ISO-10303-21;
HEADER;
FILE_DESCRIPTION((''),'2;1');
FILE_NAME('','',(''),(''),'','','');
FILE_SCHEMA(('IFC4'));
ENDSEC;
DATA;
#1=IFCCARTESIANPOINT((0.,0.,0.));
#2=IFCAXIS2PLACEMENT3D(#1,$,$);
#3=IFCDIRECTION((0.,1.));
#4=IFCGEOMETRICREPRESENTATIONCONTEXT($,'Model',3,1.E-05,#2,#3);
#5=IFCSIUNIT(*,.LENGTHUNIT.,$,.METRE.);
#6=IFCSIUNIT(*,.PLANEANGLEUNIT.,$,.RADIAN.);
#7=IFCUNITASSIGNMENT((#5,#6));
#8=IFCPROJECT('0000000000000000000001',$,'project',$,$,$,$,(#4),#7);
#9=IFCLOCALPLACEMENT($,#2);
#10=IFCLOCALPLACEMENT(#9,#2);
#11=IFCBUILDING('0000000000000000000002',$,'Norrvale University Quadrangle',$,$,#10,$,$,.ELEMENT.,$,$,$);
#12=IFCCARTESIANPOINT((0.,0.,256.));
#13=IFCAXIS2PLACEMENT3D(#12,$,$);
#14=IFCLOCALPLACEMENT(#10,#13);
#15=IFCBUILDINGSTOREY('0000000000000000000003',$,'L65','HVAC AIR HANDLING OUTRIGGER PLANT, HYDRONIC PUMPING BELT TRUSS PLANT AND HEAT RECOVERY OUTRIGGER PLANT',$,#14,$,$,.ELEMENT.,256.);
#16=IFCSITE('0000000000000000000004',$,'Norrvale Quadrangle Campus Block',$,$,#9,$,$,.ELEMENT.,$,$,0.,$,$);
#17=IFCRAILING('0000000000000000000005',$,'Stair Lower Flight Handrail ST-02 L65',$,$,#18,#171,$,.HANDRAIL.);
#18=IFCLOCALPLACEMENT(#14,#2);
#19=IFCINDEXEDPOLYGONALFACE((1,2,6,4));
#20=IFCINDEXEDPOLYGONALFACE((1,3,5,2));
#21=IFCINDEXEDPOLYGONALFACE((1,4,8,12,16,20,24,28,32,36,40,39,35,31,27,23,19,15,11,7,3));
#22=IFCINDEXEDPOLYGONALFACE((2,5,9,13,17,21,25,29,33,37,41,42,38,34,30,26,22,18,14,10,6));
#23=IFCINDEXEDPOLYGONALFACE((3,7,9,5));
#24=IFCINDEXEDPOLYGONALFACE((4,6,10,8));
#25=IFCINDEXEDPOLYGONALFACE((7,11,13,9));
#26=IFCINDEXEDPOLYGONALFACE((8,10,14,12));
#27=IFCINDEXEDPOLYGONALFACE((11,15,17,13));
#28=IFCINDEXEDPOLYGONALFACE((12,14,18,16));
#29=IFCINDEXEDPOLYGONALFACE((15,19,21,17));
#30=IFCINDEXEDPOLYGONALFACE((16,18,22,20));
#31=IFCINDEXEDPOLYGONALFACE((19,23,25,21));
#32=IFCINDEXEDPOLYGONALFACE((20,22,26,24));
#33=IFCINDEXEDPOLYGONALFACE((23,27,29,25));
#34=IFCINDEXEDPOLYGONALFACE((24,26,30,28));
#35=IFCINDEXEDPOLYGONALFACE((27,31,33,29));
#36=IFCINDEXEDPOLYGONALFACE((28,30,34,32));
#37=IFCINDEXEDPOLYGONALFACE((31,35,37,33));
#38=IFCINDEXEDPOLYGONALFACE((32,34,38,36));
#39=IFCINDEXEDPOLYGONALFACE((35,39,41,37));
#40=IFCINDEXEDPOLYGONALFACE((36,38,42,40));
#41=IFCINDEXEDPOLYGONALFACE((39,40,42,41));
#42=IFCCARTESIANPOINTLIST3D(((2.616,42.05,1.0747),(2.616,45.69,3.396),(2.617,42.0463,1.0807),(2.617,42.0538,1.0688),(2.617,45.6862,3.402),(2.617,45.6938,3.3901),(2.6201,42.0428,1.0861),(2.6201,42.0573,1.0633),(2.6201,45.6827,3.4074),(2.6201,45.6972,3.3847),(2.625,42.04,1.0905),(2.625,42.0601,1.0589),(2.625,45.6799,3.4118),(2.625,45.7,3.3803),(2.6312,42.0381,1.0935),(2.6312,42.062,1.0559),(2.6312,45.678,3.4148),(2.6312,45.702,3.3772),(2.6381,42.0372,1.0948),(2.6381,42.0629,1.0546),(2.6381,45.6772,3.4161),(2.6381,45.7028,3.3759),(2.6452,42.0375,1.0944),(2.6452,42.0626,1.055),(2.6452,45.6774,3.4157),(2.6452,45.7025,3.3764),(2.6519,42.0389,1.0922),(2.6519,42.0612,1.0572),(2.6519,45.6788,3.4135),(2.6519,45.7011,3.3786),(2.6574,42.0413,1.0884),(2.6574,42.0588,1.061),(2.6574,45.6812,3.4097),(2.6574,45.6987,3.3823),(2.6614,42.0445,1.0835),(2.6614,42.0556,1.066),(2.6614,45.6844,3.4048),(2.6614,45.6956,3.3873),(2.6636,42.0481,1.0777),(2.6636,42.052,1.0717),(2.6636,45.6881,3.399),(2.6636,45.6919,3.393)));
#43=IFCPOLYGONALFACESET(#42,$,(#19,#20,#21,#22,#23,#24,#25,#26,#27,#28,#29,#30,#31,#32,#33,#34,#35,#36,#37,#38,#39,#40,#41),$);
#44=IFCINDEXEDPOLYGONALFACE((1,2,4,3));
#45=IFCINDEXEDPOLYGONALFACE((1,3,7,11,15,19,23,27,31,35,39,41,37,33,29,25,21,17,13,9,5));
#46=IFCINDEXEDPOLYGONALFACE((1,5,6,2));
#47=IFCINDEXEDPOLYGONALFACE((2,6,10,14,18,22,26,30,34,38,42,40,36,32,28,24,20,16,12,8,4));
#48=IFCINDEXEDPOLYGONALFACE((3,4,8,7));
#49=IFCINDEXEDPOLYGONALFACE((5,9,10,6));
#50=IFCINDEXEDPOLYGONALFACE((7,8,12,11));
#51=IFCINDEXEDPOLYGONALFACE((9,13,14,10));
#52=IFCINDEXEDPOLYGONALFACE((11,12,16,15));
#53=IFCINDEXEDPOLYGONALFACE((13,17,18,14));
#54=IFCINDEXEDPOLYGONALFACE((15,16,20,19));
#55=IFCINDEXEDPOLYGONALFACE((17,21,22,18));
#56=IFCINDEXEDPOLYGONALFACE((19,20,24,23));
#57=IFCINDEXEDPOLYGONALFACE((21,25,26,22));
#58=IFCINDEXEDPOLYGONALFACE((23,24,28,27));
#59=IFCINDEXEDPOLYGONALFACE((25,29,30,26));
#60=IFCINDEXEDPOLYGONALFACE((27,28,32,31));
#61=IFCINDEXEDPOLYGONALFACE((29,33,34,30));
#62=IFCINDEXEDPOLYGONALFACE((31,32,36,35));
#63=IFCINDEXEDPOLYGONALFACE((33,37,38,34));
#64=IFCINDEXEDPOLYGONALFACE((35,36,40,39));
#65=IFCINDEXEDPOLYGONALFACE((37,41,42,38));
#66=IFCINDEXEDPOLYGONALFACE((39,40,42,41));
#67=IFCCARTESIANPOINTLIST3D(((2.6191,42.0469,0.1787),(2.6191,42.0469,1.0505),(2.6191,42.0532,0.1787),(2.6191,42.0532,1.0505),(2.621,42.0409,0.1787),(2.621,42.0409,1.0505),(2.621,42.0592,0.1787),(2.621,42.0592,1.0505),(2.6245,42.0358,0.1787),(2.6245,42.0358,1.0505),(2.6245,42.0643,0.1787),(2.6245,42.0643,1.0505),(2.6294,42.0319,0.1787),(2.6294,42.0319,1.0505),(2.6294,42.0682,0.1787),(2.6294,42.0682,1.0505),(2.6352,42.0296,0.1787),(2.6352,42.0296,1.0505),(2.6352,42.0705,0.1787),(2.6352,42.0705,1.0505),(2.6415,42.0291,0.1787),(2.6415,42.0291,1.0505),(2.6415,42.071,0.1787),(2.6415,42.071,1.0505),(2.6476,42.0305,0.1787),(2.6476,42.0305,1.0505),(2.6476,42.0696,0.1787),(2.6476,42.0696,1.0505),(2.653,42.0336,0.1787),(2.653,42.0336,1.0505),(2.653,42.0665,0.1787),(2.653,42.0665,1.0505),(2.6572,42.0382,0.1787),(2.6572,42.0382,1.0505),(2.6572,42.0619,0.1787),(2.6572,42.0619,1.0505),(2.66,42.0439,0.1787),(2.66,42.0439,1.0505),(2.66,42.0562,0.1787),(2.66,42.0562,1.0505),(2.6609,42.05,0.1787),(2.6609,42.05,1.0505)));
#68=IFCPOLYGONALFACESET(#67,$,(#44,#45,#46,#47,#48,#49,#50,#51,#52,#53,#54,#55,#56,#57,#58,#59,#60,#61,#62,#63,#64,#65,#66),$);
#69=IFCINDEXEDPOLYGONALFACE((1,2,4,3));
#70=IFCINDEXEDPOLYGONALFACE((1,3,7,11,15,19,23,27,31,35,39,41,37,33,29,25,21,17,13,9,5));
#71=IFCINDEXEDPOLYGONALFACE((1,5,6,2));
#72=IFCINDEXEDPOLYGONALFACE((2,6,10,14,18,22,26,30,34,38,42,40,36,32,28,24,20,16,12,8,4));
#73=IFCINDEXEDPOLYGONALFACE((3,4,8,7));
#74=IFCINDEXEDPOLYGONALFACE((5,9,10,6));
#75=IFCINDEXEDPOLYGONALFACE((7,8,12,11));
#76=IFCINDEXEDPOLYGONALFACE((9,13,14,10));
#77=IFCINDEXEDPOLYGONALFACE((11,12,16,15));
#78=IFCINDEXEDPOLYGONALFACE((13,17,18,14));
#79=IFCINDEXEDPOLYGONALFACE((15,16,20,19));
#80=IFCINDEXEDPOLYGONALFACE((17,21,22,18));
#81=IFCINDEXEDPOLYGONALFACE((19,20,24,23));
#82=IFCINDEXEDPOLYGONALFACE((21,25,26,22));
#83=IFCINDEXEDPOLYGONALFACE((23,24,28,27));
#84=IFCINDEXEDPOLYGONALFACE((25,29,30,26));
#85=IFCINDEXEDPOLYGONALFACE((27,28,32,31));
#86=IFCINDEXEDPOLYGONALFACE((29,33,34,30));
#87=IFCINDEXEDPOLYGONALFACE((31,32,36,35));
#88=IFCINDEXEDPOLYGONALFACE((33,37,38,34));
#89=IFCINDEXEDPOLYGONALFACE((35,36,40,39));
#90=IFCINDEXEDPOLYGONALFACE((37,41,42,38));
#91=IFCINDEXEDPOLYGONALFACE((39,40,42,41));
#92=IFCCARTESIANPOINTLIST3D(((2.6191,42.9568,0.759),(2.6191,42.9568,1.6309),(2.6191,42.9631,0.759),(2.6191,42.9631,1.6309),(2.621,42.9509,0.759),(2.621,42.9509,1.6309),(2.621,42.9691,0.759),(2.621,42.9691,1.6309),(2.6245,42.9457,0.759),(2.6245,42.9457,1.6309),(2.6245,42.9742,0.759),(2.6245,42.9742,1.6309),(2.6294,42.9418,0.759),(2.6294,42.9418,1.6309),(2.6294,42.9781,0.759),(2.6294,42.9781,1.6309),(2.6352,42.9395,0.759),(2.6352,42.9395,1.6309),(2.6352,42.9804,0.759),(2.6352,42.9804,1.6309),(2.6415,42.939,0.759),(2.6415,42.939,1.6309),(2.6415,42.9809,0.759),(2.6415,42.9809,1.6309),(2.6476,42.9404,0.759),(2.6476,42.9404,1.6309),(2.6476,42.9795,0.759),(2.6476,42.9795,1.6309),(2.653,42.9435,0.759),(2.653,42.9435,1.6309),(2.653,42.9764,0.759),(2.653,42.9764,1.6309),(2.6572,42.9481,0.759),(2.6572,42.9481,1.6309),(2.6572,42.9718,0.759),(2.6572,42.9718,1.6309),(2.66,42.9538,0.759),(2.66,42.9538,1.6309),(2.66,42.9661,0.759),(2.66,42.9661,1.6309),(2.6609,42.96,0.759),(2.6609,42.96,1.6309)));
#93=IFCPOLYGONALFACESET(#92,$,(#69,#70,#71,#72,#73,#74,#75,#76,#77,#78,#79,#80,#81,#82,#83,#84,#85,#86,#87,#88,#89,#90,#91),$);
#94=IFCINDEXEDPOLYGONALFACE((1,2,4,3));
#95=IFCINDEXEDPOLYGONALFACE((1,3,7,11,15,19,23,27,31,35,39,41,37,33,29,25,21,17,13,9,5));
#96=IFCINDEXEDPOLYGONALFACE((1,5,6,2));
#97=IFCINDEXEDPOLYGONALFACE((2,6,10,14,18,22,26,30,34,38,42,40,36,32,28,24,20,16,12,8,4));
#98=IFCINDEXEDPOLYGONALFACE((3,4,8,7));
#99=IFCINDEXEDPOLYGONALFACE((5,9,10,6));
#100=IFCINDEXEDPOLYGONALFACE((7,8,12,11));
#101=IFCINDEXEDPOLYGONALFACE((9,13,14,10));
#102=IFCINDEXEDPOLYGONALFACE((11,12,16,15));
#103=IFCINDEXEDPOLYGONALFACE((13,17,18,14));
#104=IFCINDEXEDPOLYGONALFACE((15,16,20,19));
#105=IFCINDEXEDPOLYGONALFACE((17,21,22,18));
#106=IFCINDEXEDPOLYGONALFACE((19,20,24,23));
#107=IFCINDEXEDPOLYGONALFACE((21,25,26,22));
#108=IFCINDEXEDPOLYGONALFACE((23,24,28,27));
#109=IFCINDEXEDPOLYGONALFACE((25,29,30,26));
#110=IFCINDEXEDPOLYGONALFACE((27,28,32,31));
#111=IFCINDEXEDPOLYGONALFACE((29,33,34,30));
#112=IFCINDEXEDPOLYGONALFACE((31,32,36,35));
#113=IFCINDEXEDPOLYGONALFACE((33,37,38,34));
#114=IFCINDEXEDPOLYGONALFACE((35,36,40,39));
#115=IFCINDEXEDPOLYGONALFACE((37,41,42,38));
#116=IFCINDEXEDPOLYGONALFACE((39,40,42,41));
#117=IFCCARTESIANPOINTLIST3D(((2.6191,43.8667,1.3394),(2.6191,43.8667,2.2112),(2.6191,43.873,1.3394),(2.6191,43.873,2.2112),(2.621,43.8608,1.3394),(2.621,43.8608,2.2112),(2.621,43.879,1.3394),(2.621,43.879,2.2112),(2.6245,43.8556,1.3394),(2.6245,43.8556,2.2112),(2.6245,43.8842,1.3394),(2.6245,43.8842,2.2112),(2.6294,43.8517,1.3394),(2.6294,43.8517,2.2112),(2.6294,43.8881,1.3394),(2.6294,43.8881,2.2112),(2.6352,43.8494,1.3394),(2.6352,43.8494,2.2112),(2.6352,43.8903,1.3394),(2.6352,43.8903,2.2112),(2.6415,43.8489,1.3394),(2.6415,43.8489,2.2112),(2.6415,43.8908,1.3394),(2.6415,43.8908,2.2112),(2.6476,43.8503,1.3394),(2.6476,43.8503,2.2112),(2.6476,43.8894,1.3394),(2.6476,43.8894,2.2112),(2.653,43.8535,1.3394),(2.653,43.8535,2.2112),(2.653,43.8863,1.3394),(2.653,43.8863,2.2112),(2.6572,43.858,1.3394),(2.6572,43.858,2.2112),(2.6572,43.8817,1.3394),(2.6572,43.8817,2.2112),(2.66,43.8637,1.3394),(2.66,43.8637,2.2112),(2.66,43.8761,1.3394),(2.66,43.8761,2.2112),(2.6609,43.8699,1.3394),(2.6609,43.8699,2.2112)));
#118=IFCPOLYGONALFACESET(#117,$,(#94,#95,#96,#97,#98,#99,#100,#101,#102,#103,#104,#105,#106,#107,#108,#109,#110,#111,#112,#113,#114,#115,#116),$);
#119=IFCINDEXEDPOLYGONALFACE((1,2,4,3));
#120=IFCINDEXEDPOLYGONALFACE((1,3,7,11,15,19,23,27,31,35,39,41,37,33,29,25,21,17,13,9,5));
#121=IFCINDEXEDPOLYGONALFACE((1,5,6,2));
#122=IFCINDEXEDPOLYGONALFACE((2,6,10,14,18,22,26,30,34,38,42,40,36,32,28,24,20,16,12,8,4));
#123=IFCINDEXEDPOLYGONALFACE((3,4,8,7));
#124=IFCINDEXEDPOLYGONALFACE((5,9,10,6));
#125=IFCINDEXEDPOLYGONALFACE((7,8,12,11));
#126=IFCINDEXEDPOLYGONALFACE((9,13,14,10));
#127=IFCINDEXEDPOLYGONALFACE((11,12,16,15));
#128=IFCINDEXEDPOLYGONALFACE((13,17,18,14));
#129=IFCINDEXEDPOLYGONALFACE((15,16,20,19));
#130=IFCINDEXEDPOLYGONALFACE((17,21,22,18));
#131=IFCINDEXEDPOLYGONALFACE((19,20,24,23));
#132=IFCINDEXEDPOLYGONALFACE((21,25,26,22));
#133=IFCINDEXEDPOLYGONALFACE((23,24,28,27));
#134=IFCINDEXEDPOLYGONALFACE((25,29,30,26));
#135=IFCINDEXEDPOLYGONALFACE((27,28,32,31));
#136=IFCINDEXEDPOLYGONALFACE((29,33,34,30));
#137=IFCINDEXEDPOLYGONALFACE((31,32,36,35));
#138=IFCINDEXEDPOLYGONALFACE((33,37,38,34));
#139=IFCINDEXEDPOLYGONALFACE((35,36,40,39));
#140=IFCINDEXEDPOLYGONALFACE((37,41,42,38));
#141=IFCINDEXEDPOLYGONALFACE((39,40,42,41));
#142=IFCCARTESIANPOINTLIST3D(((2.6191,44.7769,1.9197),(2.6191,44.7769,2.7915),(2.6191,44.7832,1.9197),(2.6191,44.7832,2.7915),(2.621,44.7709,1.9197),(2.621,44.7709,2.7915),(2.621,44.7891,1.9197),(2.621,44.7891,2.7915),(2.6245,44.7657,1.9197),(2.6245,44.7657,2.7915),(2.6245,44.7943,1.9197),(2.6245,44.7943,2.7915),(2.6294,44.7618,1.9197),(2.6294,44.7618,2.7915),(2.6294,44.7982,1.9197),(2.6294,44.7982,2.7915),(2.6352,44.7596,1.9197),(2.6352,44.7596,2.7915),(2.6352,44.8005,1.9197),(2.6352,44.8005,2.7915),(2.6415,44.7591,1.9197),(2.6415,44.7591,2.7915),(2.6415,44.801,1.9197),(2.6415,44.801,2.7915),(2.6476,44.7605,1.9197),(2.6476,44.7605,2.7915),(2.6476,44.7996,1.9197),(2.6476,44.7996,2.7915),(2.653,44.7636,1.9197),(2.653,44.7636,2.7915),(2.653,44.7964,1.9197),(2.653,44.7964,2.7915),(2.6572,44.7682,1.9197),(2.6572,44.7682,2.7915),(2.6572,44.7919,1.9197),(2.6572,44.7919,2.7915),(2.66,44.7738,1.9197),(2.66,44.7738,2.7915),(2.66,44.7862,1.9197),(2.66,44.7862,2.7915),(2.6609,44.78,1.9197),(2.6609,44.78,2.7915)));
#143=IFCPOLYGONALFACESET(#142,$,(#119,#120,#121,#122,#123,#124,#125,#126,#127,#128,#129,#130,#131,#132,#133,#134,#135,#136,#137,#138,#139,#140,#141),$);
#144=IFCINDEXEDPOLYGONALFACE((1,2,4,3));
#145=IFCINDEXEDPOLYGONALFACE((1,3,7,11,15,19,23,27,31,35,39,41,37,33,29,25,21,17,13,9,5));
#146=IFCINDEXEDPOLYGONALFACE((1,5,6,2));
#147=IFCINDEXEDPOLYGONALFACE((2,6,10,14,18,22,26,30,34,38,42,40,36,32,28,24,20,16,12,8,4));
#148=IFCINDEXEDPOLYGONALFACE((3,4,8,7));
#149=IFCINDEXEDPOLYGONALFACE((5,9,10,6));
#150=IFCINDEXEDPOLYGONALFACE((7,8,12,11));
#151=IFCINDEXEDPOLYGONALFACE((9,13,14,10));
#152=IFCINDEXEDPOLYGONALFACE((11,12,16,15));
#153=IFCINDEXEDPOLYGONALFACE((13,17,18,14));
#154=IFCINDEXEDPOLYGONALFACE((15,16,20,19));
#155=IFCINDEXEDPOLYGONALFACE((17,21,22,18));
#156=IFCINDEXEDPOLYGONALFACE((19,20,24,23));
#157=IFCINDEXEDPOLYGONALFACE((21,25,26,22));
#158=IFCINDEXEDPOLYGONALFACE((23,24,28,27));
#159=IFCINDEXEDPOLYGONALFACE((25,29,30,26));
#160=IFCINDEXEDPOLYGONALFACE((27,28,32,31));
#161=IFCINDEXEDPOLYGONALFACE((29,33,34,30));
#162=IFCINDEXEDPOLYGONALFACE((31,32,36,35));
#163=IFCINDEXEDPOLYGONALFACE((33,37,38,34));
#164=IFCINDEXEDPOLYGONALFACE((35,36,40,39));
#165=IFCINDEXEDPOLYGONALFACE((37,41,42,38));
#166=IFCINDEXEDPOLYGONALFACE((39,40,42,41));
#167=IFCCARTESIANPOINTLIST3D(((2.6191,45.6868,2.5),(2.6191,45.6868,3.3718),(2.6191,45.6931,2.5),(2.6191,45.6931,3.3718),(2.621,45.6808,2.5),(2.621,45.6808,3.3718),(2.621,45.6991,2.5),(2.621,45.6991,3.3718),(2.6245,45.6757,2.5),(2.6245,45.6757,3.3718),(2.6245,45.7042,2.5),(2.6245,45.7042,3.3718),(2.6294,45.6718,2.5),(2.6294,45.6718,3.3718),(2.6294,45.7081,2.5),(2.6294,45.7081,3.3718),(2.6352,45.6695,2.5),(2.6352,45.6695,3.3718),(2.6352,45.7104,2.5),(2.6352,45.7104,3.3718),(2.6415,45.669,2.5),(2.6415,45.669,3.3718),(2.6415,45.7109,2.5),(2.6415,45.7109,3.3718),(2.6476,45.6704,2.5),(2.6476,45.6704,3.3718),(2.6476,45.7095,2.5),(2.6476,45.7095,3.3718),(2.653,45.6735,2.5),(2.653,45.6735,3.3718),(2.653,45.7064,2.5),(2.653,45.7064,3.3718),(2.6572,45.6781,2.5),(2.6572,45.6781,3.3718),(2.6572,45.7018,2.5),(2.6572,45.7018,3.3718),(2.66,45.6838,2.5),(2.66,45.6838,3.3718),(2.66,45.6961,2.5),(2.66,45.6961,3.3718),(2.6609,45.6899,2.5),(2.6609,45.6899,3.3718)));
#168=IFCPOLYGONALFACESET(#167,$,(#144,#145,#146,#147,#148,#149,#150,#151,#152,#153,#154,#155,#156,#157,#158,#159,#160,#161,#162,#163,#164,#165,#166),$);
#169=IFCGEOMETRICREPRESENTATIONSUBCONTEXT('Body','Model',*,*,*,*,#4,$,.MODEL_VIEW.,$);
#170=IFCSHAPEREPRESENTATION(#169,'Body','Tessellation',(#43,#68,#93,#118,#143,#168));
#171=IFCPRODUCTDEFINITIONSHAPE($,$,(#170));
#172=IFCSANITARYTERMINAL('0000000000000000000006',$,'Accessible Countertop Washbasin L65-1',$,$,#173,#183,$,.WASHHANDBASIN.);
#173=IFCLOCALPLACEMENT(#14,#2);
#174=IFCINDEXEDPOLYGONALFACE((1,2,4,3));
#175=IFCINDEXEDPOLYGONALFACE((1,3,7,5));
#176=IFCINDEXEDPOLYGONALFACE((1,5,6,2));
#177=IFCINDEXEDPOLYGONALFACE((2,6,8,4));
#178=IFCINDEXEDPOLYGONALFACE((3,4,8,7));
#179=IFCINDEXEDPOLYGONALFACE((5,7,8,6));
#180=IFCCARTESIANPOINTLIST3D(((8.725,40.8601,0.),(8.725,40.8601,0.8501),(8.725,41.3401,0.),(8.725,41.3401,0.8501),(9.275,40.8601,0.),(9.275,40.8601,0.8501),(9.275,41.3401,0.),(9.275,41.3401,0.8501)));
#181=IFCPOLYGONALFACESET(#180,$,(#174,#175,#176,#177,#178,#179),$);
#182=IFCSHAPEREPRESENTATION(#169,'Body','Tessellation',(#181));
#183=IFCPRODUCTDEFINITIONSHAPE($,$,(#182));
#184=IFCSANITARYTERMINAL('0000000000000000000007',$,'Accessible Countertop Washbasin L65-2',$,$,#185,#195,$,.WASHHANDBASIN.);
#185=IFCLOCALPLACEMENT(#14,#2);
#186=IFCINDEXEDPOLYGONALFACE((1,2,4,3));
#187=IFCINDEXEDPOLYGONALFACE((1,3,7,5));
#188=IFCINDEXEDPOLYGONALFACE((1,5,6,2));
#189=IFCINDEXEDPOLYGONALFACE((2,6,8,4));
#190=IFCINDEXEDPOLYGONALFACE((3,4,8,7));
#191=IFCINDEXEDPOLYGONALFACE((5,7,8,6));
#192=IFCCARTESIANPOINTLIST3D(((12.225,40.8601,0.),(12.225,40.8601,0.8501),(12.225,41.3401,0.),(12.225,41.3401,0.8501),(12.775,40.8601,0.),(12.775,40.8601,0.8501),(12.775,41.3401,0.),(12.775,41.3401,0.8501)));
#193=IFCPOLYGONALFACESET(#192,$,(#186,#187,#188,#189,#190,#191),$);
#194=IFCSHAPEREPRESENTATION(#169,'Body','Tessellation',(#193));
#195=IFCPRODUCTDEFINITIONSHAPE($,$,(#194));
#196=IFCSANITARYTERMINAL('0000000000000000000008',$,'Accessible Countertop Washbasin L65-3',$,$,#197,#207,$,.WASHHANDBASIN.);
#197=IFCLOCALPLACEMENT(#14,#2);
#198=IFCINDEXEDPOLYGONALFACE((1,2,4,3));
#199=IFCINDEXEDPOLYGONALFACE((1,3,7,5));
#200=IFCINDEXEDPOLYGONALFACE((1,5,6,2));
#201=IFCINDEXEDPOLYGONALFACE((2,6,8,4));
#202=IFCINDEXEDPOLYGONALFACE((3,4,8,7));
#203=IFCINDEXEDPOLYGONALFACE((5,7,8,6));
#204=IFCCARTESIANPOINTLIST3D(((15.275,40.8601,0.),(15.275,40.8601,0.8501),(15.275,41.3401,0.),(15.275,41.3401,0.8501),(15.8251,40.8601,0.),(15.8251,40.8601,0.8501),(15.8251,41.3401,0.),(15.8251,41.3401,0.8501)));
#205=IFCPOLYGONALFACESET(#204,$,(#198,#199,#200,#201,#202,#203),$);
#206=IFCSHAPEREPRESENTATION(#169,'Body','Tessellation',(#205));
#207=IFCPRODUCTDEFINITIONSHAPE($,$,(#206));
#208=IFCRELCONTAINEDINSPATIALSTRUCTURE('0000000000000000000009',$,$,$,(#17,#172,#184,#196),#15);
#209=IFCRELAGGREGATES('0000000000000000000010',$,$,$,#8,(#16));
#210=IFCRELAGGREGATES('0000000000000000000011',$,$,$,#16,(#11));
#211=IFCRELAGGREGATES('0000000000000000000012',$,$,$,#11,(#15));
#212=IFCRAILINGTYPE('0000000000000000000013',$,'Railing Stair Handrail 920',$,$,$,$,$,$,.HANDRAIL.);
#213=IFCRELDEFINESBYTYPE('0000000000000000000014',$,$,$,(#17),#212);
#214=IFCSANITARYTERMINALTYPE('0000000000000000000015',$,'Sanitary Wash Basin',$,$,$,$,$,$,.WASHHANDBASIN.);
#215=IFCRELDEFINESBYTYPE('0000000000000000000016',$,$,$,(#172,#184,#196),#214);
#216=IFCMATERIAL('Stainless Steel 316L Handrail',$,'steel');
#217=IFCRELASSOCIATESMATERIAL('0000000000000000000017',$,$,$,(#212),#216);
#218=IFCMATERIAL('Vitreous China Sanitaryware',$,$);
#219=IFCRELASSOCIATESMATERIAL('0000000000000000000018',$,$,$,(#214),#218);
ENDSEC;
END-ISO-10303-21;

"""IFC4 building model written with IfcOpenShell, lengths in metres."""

from ifc_helpers import new_model, si_unit, direction, frame, origin, origin_2d, place, context, subcontext, project, spatial, rectangle, circle, extrude, material, type_object, element, save


model = new_model("IFC4")

# Units and contexts
model_context = context("Model", 3, precision=1e-05, world=origin(), true_north=direction((0.0, 1.0)))
body_context = subcontext(model_context, "Body", "Model", "MODEL_VIEW")
ifc_project = project(units=[si_unit("LENGTHUNIT", "METRE"), si_unit("PLANEANGLEUNIT", "RADIAN")], contexts=[model_context])

# Site, building, storey
site_placement = place(None, origin())
site = spatial("IfcSite", under=ifc_project, at=site_placement, Name="Norrvale Quadrangle Campus Block", CompositionType="ELEMENT", RefElevation=0.0)
building_placement = place(site_placement, origin())
building = spatial("IfcBuilding", under=site, at=building_placement, Name="Norrvale University Quadrangle", CompositionType="ELEMENT")
storey_placement = place(building_placement, frame((0.0, 0.0, 256.0)))
storey = spatial("IfcBuildingStorey", under=building, at=storey_placement, Name="L65", Description="HVAC AIR HANDLING OUTRIGGER PLANT, HYDRONIC PUMPING BELT TRUSS PLANT AND HEAT RECOVERY OUTRIGGER PLANT", CompositionType="ELEMENT", Elevation=256.0)

# Railing
ifc_material_1 = material(Name="Stainless Steel 316L Handrail", Category="steel")
railing_type_1 = type_object("IfcRailingType", Name="Railing Stair Handrail 920", PredefinedType="HANDRAIL", material=ifc_material_1)
railing_1_placement = place(storey_placement, frame((2.6399, 42.05, 0.1787)))
element("IfcRailing", 1, at=railing_1_placement, inside=storey, type_object=railing_type_1, Name="Stair Lower Flight Handrail ST-02 L65", PredefinedType="HANDRAIL", context=body_context, shape_type="SweptSolid", body=[
    extrude(circle(Radius=0.0239, at=origin_2d()), frame((0.0, 0.0, 0.896), z_axis=(0.0, 0.843137, 0.537699), x_axis=(-1.0, 0.0, 0.0)), (0.0, 0.0, 1.0), 4.3171),
    extrude(circle(Radius=0.021, at=origin_2d()), origin(), (0.0, 0.0, 1.0), 0.8718),
    extrude(circle(Radius=0.021, at=origin_2d()), frame((0.0, 0.9099, 0.5803)), (0.0, 0.0, 1.0), 0.8718),
    extrude(circle(Radius=0.021, at=origin_2d()), frame((0.0, 1.8198, 1.1606)), (0.0, 0.0, 1.0), 0.8718),
    extrude(circle(Radius=0.021, at=origin_2d()), frame((0.0, 2.73, 1.741)), (0.0, 0.0, 1.0), 0.8718),
    extrude(circle(Radius=0.021, at=origin_2d()), frame((0.0, 3.6399, 2.3213)), (0.0, 0.0, 1.0), 0.8718),
])

# Sanitary terminals
ifc_material_2 = material(Name="Vitreous China Sanitaryware")
sanitary_terminal_type_1 = type_object("IfcSanitaryTerminalType", Name="Sanitary Wash Basin", PredefinedType="WASHHANDBASIN", material=ifc_material_2)
for number, where, z_axis, x_axis, name in (
    (2, (9.0, 41.1001, 0.0), (0.0, 0.0, 1.0), (1.0, 0.0, 0.0), "Accessible Countertop Washbasin L65-1"),
    (3, (12.5, 41.1001, 0.0), (0.0, 0.0, 1.0), (1.0, 0.0, 0.0), "Accessible Countertop Washbasin L65-2"),
    (4, (15.55, 41.1001, 0.0), (0.0, 0.0, 1.0), (1.0, 0.0, 0.0), "Accessible Countertop Washbasin L65-3"),
):
    element("IfcSanitaryTerminal", number, at=place(storey_placement, frame(where, z_axis=z_axis, x_axis=x_axis)), inside=storey, type_object=sanitary_terminal_type_1, Name=name, PredefinedType="WASHHANDBASIN", context=body_context, shape_type="SweptSolid", body=[
        extrude(rectangle(XDim=0.55, YDim=0.48, at=origin_2d()), origin(), (0.0, 0.0, 1.0), 0.8501),
    ])

save(model, "model.ifc")
